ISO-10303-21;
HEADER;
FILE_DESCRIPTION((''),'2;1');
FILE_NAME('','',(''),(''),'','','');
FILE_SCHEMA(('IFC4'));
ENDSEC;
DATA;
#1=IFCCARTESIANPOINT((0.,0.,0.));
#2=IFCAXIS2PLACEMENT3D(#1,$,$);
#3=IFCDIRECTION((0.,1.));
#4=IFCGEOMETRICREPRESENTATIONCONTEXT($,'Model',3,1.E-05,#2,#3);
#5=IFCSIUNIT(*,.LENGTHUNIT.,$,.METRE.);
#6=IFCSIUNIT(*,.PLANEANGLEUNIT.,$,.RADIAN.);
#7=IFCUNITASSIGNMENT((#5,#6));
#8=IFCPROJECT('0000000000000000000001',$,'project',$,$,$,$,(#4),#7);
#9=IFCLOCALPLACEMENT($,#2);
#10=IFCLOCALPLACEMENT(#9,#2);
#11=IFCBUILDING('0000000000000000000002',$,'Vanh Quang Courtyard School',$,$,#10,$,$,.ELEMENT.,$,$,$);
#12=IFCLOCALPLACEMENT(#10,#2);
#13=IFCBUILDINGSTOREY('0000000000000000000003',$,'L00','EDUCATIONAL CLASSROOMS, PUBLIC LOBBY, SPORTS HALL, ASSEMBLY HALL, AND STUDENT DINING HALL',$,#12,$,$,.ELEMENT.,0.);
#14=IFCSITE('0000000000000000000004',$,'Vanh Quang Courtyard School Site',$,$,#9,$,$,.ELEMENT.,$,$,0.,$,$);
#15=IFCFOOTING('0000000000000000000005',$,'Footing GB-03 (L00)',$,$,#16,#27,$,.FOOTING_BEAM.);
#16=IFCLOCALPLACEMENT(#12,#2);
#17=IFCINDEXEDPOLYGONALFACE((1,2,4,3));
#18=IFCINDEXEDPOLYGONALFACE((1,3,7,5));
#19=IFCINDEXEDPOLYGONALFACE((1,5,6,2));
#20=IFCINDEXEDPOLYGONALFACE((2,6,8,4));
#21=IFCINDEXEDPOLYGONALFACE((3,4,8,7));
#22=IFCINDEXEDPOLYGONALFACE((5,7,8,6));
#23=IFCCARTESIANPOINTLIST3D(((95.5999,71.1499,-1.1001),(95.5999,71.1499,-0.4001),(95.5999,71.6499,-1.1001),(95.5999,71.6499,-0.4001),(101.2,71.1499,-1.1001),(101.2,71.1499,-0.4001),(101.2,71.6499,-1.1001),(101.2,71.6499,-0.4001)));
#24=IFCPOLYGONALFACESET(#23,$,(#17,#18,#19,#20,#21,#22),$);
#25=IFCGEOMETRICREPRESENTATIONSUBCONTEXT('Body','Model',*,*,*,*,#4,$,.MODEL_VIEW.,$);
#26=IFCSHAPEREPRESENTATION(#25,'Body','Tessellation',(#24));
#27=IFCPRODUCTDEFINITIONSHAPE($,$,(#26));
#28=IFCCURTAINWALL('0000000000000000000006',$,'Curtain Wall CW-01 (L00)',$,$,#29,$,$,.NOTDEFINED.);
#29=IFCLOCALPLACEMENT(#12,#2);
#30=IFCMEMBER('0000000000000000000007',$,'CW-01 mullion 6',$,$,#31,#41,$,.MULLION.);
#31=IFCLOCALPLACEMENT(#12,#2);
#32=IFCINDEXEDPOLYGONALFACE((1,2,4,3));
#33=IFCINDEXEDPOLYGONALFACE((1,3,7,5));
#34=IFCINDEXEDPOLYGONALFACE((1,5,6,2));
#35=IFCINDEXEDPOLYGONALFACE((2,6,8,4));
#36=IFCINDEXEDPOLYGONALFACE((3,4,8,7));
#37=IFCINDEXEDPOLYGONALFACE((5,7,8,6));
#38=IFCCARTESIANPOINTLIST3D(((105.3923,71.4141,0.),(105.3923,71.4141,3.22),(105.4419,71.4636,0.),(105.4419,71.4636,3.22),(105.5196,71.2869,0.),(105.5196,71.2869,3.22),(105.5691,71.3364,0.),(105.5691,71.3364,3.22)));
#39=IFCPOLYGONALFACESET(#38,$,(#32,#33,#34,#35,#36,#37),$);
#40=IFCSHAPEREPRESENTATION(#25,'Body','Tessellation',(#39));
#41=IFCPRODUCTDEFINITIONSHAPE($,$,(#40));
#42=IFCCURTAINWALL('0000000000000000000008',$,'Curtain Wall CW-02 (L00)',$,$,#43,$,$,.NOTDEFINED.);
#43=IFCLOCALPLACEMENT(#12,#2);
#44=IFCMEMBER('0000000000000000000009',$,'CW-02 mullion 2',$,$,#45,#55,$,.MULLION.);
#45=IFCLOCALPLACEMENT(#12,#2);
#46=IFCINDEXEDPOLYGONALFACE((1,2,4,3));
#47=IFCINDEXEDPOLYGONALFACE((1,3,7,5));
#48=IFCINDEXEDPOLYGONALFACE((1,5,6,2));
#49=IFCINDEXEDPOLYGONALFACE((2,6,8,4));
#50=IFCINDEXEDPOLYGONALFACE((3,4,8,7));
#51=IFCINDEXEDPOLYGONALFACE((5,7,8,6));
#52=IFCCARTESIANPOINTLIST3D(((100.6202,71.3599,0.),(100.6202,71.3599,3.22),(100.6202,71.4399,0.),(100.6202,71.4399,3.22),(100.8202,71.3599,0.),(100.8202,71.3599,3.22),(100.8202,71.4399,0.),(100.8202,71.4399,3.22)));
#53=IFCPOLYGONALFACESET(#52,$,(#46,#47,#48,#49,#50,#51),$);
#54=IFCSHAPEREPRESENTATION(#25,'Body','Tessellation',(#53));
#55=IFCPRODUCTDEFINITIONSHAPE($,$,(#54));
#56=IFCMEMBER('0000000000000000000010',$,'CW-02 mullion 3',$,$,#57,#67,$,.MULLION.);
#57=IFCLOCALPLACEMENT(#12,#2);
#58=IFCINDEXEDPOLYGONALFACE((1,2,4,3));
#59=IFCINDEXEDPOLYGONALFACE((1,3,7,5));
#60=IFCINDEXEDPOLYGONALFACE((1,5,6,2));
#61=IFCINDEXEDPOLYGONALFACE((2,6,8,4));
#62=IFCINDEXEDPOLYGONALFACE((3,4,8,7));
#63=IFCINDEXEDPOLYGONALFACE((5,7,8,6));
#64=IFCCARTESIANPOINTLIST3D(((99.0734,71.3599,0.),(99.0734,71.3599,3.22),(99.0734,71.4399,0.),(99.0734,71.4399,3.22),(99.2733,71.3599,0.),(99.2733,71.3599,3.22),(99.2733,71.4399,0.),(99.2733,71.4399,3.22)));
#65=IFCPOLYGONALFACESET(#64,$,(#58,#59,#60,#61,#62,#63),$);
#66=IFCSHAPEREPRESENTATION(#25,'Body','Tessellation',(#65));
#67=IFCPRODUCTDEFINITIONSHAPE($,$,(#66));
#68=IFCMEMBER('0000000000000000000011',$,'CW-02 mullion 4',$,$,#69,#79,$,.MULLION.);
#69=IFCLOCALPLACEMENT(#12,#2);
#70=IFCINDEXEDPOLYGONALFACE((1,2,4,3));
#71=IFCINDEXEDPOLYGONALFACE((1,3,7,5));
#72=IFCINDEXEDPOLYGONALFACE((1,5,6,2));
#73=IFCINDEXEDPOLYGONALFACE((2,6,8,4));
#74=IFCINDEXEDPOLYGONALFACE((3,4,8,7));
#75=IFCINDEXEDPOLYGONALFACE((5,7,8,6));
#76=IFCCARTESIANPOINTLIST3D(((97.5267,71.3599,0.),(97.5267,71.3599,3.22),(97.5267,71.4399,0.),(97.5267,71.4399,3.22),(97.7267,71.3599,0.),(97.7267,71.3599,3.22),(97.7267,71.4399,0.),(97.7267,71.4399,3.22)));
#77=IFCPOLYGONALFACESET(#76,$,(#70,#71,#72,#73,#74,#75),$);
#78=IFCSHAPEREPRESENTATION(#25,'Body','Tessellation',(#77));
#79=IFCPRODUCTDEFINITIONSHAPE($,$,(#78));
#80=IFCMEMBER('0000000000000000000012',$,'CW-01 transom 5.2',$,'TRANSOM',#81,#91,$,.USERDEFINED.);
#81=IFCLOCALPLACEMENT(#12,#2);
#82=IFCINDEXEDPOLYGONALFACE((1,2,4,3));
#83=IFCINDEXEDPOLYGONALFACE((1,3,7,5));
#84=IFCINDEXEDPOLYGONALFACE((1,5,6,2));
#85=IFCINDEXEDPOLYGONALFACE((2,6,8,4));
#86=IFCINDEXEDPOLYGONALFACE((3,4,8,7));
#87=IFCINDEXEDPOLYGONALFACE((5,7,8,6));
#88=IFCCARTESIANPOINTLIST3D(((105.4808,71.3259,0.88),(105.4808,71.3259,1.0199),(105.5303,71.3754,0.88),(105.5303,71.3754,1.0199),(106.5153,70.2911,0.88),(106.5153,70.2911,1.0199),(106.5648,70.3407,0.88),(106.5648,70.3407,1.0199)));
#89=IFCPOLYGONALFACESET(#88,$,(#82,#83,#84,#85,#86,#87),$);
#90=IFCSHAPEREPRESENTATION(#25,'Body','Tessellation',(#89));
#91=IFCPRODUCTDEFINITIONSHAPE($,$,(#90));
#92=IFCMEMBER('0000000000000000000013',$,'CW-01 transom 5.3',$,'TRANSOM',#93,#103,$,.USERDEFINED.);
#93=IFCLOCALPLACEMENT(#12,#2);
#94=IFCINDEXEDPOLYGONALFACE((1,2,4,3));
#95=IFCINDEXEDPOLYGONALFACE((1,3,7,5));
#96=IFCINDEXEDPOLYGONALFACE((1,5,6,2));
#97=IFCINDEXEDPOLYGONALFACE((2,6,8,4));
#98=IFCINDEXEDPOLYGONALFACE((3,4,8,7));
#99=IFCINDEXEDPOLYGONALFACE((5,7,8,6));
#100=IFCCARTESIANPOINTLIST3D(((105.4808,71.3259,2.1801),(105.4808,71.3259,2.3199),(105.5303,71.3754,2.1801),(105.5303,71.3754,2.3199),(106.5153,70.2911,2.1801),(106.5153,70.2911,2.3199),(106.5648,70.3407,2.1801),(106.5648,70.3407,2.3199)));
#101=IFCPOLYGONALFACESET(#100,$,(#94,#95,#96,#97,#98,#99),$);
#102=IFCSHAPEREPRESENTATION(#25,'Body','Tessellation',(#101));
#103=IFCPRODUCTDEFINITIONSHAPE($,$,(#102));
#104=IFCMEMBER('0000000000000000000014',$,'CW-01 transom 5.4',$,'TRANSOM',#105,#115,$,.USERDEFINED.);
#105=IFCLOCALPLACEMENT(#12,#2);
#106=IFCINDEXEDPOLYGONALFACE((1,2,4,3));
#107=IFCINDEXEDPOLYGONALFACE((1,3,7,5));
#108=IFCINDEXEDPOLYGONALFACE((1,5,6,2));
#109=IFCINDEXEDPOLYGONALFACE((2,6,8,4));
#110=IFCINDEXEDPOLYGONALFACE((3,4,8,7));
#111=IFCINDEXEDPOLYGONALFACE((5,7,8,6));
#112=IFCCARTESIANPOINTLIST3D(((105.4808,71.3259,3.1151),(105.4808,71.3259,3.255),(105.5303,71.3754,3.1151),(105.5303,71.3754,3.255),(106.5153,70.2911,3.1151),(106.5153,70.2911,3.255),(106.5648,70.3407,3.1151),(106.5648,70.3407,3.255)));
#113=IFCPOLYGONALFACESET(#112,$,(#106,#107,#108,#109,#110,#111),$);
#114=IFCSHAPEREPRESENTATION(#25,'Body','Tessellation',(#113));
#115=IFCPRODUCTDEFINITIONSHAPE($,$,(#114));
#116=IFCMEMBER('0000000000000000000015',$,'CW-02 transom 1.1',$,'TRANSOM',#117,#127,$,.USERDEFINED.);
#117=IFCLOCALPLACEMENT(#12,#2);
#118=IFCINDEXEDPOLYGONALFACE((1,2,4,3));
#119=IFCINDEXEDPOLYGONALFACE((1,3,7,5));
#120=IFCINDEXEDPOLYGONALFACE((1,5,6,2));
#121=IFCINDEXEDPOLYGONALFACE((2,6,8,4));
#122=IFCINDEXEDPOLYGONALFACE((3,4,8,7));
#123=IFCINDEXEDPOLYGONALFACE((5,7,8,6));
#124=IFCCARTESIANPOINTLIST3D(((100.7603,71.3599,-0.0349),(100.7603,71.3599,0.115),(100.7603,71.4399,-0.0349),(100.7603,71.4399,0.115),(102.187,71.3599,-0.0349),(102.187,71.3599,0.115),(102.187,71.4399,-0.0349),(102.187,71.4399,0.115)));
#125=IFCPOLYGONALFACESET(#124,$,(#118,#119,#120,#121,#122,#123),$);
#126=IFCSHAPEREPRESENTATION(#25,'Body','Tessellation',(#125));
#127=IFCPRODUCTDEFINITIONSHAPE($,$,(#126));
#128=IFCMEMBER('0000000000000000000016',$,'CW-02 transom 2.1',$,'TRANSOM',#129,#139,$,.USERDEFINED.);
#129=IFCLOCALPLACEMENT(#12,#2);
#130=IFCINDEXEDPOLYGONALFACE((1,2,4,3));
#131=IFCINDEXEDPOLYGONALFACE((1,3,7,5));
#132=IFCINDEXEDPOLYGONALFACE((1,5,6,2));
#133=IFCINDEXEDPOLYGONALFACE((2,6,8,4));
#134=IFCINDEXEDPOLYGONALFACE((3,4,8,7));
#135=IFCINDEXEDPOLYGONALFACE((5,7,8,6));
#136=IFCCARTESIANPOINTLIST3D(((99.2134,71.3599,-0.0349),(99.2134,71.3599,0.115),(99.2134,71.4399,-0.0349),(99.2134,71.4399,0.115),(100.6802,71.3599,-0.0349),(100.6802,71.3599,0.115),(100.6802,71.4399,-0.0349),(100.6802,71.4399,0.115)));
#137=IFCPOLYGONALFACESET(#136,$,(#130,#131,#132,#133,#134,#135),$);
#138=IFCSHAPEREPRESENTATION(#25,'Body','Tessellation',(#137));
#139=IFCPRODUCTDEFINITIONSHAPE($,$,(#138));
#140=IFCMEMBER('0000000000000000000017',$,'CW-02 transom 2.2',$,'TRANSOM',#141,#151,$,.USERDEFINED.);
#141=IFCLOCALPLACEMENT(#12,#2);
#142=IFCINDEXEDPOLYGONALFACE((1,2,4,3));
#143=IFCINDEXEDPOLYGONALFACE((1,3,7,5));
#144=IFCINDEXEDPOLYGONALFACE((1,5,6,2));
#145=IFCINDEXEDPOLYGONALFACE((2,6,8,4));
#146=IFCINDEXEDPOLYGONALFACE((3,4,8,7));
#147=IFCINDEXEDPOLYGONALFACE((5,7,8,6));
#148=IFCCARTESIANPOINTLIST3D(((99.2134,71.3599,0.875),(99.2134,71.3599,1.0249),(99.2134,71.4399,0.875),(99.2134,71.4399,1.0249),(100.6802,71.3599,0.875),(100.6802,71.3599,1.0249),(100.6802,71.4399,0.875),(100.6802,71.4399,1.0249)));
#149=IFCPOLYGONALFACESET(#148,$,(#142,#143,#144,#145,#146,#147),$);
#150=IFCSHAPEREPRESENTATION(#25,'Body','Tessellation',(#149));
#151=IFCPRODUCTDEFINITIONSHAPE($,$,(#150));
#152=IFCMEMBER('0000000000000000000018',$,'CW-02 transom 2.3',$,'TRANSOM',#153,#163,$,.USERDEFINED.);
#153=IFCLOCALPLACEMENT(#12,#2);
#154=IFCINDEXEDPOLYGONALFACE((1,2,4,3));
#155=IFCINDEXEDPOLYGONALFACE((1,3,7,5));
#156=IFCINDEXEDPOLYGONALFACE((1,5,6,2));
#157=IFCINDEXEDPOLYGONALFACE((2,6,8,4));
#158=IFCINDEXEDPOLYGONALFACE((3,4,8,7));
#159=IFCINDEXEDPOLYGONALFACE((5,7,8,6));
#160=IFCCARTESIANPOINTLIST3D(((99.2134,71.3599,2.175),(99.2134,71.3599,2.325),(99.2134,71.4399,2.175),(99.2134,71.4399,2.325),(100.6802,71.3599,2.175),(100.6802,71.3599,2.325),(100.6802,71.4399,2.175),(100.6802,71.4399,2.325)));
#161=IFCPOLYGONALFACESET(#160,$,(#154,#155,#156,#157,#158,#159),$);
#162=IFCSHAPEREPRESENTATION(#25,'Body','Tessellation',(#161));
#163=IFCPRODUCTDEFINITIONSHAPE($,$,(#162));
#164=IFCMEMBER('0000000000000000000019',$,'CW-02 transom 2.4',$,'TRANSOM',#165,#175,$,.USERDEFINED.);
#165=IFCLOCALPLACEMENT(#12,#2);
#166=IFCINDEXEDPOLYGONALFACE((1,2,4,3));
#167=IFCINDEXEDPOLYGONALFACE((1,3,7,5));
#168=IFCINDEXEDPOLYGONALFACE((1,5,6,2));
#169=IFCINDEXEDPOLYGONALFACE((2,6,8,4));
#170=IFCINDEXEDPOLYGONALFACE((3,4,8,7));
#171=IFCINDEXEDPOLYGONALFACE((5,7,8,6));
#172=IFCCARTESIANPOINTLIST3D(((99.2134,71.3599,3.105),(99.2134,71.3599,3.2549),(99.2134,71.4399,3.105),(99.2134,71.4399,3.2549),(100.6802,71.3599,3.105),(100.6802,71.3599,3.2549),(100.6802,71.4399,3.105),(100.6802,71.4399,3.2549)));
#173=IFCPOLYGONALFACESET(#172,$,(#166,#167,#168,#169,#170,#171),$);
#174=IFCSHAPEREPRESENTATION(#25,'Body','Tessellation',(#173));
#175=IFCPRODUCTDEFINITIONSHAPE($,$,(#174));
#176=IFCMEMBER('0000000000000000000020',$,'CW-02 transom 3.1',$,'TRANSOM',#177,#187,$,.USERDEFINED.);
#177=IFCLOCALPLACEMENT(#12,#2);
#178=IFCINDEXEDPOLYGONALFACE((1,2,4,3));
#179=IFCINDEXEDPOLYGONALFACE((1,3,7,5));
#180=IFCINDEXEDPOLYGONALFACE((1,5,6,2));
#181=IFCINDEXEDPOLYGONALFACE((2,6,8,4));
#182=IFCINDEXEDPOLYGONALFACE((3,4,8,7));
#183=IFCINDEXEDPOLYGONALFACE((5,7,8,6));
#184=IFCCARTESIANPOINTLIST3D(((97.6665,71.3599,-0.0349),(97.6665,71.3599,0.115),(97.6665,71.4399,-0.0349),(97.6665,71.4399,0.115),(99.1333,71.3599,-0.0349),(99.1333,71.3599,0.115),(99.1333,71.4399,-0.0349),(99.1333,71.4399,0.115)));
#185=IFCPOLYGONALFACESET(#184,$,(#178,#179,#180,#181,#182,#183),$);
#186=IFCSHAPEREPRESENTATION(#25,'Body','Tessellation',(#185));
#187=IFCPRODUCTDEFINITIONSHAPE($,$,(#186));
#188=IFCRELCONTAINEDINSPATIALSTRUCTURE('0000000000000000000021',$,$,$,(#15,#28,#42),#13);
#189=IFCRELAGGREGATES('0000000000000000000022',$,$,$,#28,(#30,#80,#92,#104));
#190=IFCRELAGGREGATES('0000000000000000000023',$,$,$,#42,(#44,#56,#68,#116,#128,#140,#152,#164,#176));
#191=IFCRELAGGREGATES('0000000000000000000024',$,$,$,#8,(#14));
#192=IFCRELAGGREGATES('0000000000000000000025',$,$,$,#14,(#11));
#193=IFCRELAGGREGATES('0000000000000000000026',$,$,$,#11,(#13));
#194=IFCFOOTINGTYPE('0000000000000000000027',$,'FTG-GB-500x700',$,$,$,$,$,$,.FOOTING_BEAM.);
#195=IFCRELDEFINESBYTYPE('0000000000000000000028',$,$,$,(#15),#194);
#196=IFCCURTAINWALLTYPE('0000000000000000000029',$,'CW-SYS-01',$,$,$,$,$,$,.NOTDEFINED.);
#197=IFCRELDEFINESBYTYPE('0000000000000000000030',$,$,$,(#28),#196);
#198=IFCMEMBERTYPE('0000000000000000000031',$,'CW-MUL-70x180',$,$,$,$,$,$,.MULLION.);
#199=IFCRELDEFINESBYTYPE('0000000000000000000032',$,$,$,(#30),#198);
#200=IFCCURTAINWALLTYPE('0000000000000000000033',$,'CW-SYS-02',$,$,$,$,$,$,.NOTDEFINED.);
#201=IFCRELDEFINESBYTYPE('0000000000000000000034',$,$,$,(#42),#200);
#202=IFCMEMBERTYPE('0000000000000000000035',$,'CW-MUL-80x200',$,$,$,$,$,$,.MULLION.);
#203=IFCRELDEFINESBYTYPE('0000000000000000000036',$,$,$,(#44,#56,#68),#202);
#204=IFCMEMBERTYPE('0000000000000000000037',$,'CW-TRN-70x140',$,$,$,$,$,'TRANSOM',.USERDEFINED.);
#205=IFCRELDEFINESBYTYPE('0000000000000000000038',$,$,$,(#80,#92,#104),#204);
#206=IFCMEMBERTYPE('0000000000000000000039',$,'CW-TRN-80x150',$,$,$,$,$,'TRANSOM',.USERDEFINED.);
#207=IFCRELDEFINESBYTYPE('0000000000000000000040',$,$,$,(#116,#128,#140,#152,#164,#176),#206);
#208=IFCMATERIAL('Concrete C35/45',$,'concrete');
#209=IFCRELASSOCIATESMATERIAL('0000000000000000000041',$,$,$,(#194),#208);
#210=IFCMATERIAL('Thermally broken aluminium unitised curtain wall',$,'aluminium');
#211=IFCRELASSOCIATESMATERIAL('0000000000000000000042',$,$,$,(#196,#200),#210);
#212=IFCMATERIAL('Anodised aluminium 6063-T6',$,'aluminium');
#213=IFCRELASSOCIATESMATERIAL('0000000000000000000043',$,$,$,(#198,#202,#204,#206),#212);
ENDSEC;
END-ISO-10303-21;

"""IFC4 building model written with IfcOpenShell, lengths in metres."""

from ifc_helpers import new_model, si_unit, direction, frame, origin, origin_2d, place, context, subcontext, project, spatial, rectangle, extrude, material, material_profile, profile_set, type_object, element, aggregate, save


model = new_model("IFC4")

# Units and contexts
model_context = context("Model", 3, precision=1e-05, world=origin(), true_north=direction((0.0, 1.0)))
body_context = subcontext(model_context, "Body", "Model", "MODEL_VIEW")
ifc_project = project(units=[si_unit("LENGTHUNIT", "METRE"), si_unit("PLANEANGLEUNIT", "RADIAN")], contexts=[model_context])

# Site, building, storey
site_placement = place(None, origin())
site = spatial("IfcSite", under=ifc_project, at=site_placement, Name="Vanh Quang Courtyard School Site", CompositionType="ELEMENT", RefElevation=0.0)
building_placement = place(site_placement, origin())
building = spatial("IfcBuilding", under=site, at=building_placement, Name="Vanh Quang Courtyard School", CompositionType="ELEMENT")
storey_placement = place(building_placement, origin())
storey = spatial("IfcBuildingStorey", under=building, at=storey_placement, Name="L00", Description="EDUCATIONAL CLASSROOMS, PUBLIC LOBBY, SPORTS HALL, ASSEMBLY HALL, AND STUDENT DINING HALL", CompositionType="ELEMENT", Elevation=0.0)

# Footing
ifc_material_1 = material(Name="Concrete C35/45", Category="concrete")
footing_type = type_object("IfcFootingType", Name="FTG-GB-500x700", PredefinedType="FOOTING_BEAM", material=ifc_material_1)
footing_placement = place(storey_placement, frame((98.3999, 71.3999, -1.1001), z_axis=(0.0, 0.0, 1.0), x_axis=(1.0, 0.0, 0.0)))
element("IfcFooting", 1, at=footing_placement, inside=storey, type_object=footing_type, Name="Footing GB-03 (L00)", PredefinedType="FOOTING_BEAM", context=body_context, shape_type="SweptSolid", body=[
    extrude(rectangle(XDim=5.6001, YDim=0.5, at=origin_2d()), origin(), (0.0, 0.0, 1.0), 0.7),
])

# Curtain wall, member
ifc_material_2 = material(Name="Thermally broken aluminium unitised curtain wall", Category="aluminium")
curtain_wall_type_1 = type_object("IfcCurtainWallType", Name="CW-SYS-01", PredefinedType="NOTDEFINED", material=ifc_material_2)
curtain_wall_1_placement = place(storey_placement, origin())
curtain_wall_1 = element("IfcCurtainWall", 2, at=curtain_wall_1_placement, inside=storey, type_object=curtain_wall_type_1, Name="Curtain Wall CW-01 (L00)", PredefinedType="NOTDEFINED")
ifc_material_3 = material(Name="Anodised aluminium 6063-T6", Category="aluminium")
ifc_material_profile_1 = material_profile(ifc_material_3, rectangle(XDim=0.0701, YDim=0.1799, at=origin_2d()), Name="ALU-MUL 70x180")
ifc_profile_set_1 = profile_set([ifc_material_profile_1], Name="Anodised aluminium 6063-T6")
member_type_1 = type_object("IfcMemberType", Name="CW-MUL-70x180", PredefinedType="MULLION", material=ifc_profile_set_1)
member_1_placement = place(storey_placement, frame((105.4807, 71.3752, 0.0), z_axis=(0.0, 0.0, 1.0), x_axis=(-0.707107, -0.707107, 0.0)))
member_1 = element("IfcMember", 3, at=member_1_placement, type_object=member_type_1, Name="CW-01 mullion 6", PredefinedType="MULLION", context=body_context, shape_type="SweptSolid", body=[
    extrude(rectangle(XDim=0.0701, YDim=0.1799, at=origin_2d()), origin(), (0.0, 0.0, 1.0), 3.22),
])

# Curtain wall, members
curtain_wall_type_2 = type_object("IfcCurtainWallType", Name="CW-SYS-02", PredefinedType="NOTDEFINED", material=ifc_material_2)
curtain_wall_2_placement = place(storey_placement, origin())
curtain_wall_2 = element("IfcCurtainWall", 4, at=curtain_wall_2_placement, inside=storey, type_object=curtain_wall_type_2, Name="Curtain Wall CW-02 (L00)", PredefinedType="NOTDEFINED")
ifc_material_profile_2 = material_profile(ifc_material_3, rectangle(XDim=0.0801, YDim=0.2, at=origin_2d()), Name="ALU-MUL 80x200")
ifc_profile_set_2 = profile_set([ifc_material_profile_2], Name="Anodised aluminium 6063-T6")
member_type_2 = type_object("IfcMemberType", Name="CW-MUL-80x200", PredefinedType="MULLION", material=ifc_profile_set_2)
member_2_placement = place(storey_placement, frame((100.7202, 71.3999, 0.0), z_axis=(0.0, 0.0, 1.0), x_axis=(0.0, -1.0, 0.0)))
member_2 = element("IfcMember", 5, at=member_2_placement, type_object=member_type_2, Name="CW-02 mullion 2", PredefinedType="MULLION", context=body_context, shape_type="SweptSolid", body=[
    extrude(rectangle(XDim=0.0801, YDim=0.2, at=origin_2d()), origin(), (0.0, 0.0, 1.0), 3.22),
])
member_3_placement = place(storey_placement, frame((99.1733, 71.3999, 0.0), z_axis=(0.0, 0.0, 1.0), x_axis=(0.0, -1.0, 0.0)))
member_3 = element("IfcMember", 6, at=member_3_placement, type_object=member_type_2, Name="CW-02 mullion 3", PredefinedType="MULLION", context=body_context, shape_type="SweptSolid", body=[
    extrude(rectangle(XDim=0.0801, YDim=0.2, at=origin_2d()), origin(), (0.0, 0.0, 1.0), 3.22),
])
member_4_placement = place(storey_placement, frame((97.6267, 71.3999, 0.0), z_axis=(0.0, 0.0, 1.0), x_axis=(0.0, -1.0, 0.0)))
member_4 = element("IfcMember", 7, at=member_4_placement, type_object=member_type_2, Name="CW-02 mullion 4", PredefinedType="MULLION", context=body_context, shape_type="SweptSolid", body=[
    extrude(rectangle(XDim=0.0801, YDim=0.2, at=origin_2d()), origin(), (0.0, 0.0, 1.0), 3.22),
])

# Members
ifc_material_profile_3 = material_profile(ifc_material_3, rectangle(XDim=0.0701, YDim=0.1399, at=origin_2d()), Name="ALU-TRN 70x140")
ifc_profile_set_3 = profile_set([ifc_material_profile_3], Name="Anodised aluminium 6063-T6")
member_type_3 = type_object("IfcMemberType", Name="CW-TRN-70x140", ElementType="TRANSOM", PredefinedType="USERDEFINED", material=ifc_profile_set_3)
member_5_placement = place(storey_placement, frame((106.54, 70.3159, 0.95), z_axis=(-0.707023, 0.70719, 0.0), x_axis=(-0.70719, -0.707023, 0.0)))
member_5 = element("IfcMember", 8, at=member_5_placement, type_object=member_type_3, Name="CW-01 transom 5.2", ObjectType="TRANSOM", PredefinedType="USERDEFINED", context=body_context, shape_type="SweptSolid", body=[
    extrude(rectangle(XDim=0.0701, YDim=0.1399, at=origin_2d()), origin(), (0.0, 0.0, 1.0), 1.4631),
])
member_6_placement = place(storey_placement, frame((106.54, 70.3159, 2.25), z_axis=(-0.707023, 0.70719, 0.0), x_axis=(-0.70719, -0.707023, 0.0)))
member_6 = element("IfcMember", 9, at=member_6_placement, type_object=member_type_3, Name="CW-01 transom 5.3", ObjectType="TRANSOM", PredefinedType="USERDEFINED", context=body_context, shape_type="SweptSolid", body=[
    extrude(rectangle(XDim=0.0701, YDim=0.1399, at=origin_2d()), origin(), (0.0, 0.0, 1.0), 1.4631),
])
member_7_placement = place(storey_placement, frame((106.54, 70.3159, 3.1851), z_axis=(-0.707023, 0.70719, 0.0), x_axis=(-0.70719, -0.707023, 0.0)))
member_7 = element("IfcMember", 10, at=member_7_placement, type_object=member_type_3, Name="CW-01 transom 5.4", ObjectType="TRANSOM", PredefinedType="USERDEFINED", context=body_context, shape_type="SweptSolid", body=[
    extrude(rectangle(XDim=0.0701, YDim=0.1399, at=origin_2d()), origin(), (0.0, 0.0, 1.0), 1.4631),
])
ifc_material_profile_4 = material_profile(ifc_material_3, rectangle(XDim=0.0801, YDim=0.1499, at=origin_2d()), Name="ALU-TRN 80x150")
ifc_profile_set_4 = profile_set([ifc_material_profile_4], Name="Anodised aluminium 6063-T6")
member_type_4 = type_object("IfcMemberType", Name="CW-TRN-80x150", ElementType="TRANSOM", PredefinedType="USERDEFINED", material=ifc_profile_set_4)
member_8_placement = place(storey_placement, frame((102.187, 71.3999, 0.04), z_axis=(-1.0, 0.0, 0.0), x_axis=(0.0, -1.0, 0.0)))
member_8 = element("IfcMember", 11, at=member_8_placement, type_object=member_type_4, Name="CW-02 transom 1.1", ObjectType="TRANSOM", PredefinedType="USERDEFINED", context=body_context, shape_type="SweptSolid", body=[
    extrude(rectangle(XDim=0.0801, YDim=0.1499, at=origin_2d()), origin(), (0.0, 0.0, 1.0), 1.4268),
])
member_9_placement = place(storey_placement, frame((100.6802, 71.3999, 0.04), z_axis=(-1.0, 0.0, 0.0), x_axis=(0.0, -1.0, 0.0)))
member_9 = element("IfcMember", 12, at=member_9_placement, type_object=member_type_4, Name="CW-02 transom 2.1", ObjectType="TRANSOM", PredefinedType="USERDEFINED", context=body_context, shape_type="SweptSolid", body=[
    extrude(rectangle(XDim=0.0801, YDim=0.1499, at=origin_2d()), origin(), (0.0, 0.0, 1.0), 1.4668),
])
member_10_placement = place(storey_placement, frame((100.6802, 71.3999, 0.95), z_axis=(-1.0, 0.0, 0.0), x_axis=(0.0, -1.0, 0.0)))
member_10 = element("IfcMember", 13, at=member_10_placement, type_object=member_type_4, Name="CW-02 transom 2.2", ObjectType="TRANSOM", PredefinedType="USERDEFINED", context=body_context, shape_type="SweptSolid", body=[
    extrude(rectangle(XDim=0.0801, YDim=0.1499, at=origin_2d()), origin(), (0.0, 0.0, 1.0), 1.4668),
])
member_11_placement = place(storey_placement, frame((100.6802, 71.3999, 2.25), z_axis=(-1.0, 0.0, 0.0), x_axis=(0.0, -1.0, 0.0)))
member_11 = element("IfcMember", 14, at=member_11_placement, type_object=member_type_4, Name="CW-02 transom 2.3", ObjectType="TRANSOM", PredefinedType="USERDEFINED", context=body_context, shape_type="SweptSolid", body=[
    extrude(rectangle(XDim=0.0801, YDim=0.1499, at=origin_2d()), origin(), (0.0, 0.0, 1.0), 1.4668),
])
member_12_placement = place(storey_placement, frame((100.6802, 71.3999, 3.1799), z_axis=(-1.0, 0.0, 0.0), x_axis=(0.0, -1.0, 0.0)))
member_12 = element("IfcMember", 15, at=member_12_placement, type_object=member_type_4, Name="CW-02 transom 2.4", ObjectType="TRANSOM", PredefinedType="USERDEFINED", context=body_context, shape_type="SweptSolid", body=[
    extrude(rectangle(XDim=0.0801, YDim=0.1499, at=origin_2d()), origin(), (0.0, 0.0, 1.0), 1.4668),
])
member_13_placement = place(storey_placement, frame((99.1333, 71.3999, 0.04), z_axis=(-1.0, 0.0, 0.0), x_axis=(0.0, -1.0, 0.0)))
member_13 = element("IfcMember", 16, at=member_13_placement, type_object=member_type_4, Name="CW-02 transom 3.1", ObjectType="TRANSOM", PredefinedType="USERDEFINED", context=body_context, shape_type="SweptSolid", body=[
    extrude(rectangle(XDim=0.0801, YDim=0.1499, at=origin_2d()), origin(), (0.0, 0.0, 1.0), 1.4668),
])

aggregate(curtain_wall_1, [member_1, member_5, member_6, member_7])
aggregate(curtain_wall_2, [member_2, member_3, member_4, member_8, member_9, member_10, member_11, member_12, member_13])

save(model, "model.ifc")
